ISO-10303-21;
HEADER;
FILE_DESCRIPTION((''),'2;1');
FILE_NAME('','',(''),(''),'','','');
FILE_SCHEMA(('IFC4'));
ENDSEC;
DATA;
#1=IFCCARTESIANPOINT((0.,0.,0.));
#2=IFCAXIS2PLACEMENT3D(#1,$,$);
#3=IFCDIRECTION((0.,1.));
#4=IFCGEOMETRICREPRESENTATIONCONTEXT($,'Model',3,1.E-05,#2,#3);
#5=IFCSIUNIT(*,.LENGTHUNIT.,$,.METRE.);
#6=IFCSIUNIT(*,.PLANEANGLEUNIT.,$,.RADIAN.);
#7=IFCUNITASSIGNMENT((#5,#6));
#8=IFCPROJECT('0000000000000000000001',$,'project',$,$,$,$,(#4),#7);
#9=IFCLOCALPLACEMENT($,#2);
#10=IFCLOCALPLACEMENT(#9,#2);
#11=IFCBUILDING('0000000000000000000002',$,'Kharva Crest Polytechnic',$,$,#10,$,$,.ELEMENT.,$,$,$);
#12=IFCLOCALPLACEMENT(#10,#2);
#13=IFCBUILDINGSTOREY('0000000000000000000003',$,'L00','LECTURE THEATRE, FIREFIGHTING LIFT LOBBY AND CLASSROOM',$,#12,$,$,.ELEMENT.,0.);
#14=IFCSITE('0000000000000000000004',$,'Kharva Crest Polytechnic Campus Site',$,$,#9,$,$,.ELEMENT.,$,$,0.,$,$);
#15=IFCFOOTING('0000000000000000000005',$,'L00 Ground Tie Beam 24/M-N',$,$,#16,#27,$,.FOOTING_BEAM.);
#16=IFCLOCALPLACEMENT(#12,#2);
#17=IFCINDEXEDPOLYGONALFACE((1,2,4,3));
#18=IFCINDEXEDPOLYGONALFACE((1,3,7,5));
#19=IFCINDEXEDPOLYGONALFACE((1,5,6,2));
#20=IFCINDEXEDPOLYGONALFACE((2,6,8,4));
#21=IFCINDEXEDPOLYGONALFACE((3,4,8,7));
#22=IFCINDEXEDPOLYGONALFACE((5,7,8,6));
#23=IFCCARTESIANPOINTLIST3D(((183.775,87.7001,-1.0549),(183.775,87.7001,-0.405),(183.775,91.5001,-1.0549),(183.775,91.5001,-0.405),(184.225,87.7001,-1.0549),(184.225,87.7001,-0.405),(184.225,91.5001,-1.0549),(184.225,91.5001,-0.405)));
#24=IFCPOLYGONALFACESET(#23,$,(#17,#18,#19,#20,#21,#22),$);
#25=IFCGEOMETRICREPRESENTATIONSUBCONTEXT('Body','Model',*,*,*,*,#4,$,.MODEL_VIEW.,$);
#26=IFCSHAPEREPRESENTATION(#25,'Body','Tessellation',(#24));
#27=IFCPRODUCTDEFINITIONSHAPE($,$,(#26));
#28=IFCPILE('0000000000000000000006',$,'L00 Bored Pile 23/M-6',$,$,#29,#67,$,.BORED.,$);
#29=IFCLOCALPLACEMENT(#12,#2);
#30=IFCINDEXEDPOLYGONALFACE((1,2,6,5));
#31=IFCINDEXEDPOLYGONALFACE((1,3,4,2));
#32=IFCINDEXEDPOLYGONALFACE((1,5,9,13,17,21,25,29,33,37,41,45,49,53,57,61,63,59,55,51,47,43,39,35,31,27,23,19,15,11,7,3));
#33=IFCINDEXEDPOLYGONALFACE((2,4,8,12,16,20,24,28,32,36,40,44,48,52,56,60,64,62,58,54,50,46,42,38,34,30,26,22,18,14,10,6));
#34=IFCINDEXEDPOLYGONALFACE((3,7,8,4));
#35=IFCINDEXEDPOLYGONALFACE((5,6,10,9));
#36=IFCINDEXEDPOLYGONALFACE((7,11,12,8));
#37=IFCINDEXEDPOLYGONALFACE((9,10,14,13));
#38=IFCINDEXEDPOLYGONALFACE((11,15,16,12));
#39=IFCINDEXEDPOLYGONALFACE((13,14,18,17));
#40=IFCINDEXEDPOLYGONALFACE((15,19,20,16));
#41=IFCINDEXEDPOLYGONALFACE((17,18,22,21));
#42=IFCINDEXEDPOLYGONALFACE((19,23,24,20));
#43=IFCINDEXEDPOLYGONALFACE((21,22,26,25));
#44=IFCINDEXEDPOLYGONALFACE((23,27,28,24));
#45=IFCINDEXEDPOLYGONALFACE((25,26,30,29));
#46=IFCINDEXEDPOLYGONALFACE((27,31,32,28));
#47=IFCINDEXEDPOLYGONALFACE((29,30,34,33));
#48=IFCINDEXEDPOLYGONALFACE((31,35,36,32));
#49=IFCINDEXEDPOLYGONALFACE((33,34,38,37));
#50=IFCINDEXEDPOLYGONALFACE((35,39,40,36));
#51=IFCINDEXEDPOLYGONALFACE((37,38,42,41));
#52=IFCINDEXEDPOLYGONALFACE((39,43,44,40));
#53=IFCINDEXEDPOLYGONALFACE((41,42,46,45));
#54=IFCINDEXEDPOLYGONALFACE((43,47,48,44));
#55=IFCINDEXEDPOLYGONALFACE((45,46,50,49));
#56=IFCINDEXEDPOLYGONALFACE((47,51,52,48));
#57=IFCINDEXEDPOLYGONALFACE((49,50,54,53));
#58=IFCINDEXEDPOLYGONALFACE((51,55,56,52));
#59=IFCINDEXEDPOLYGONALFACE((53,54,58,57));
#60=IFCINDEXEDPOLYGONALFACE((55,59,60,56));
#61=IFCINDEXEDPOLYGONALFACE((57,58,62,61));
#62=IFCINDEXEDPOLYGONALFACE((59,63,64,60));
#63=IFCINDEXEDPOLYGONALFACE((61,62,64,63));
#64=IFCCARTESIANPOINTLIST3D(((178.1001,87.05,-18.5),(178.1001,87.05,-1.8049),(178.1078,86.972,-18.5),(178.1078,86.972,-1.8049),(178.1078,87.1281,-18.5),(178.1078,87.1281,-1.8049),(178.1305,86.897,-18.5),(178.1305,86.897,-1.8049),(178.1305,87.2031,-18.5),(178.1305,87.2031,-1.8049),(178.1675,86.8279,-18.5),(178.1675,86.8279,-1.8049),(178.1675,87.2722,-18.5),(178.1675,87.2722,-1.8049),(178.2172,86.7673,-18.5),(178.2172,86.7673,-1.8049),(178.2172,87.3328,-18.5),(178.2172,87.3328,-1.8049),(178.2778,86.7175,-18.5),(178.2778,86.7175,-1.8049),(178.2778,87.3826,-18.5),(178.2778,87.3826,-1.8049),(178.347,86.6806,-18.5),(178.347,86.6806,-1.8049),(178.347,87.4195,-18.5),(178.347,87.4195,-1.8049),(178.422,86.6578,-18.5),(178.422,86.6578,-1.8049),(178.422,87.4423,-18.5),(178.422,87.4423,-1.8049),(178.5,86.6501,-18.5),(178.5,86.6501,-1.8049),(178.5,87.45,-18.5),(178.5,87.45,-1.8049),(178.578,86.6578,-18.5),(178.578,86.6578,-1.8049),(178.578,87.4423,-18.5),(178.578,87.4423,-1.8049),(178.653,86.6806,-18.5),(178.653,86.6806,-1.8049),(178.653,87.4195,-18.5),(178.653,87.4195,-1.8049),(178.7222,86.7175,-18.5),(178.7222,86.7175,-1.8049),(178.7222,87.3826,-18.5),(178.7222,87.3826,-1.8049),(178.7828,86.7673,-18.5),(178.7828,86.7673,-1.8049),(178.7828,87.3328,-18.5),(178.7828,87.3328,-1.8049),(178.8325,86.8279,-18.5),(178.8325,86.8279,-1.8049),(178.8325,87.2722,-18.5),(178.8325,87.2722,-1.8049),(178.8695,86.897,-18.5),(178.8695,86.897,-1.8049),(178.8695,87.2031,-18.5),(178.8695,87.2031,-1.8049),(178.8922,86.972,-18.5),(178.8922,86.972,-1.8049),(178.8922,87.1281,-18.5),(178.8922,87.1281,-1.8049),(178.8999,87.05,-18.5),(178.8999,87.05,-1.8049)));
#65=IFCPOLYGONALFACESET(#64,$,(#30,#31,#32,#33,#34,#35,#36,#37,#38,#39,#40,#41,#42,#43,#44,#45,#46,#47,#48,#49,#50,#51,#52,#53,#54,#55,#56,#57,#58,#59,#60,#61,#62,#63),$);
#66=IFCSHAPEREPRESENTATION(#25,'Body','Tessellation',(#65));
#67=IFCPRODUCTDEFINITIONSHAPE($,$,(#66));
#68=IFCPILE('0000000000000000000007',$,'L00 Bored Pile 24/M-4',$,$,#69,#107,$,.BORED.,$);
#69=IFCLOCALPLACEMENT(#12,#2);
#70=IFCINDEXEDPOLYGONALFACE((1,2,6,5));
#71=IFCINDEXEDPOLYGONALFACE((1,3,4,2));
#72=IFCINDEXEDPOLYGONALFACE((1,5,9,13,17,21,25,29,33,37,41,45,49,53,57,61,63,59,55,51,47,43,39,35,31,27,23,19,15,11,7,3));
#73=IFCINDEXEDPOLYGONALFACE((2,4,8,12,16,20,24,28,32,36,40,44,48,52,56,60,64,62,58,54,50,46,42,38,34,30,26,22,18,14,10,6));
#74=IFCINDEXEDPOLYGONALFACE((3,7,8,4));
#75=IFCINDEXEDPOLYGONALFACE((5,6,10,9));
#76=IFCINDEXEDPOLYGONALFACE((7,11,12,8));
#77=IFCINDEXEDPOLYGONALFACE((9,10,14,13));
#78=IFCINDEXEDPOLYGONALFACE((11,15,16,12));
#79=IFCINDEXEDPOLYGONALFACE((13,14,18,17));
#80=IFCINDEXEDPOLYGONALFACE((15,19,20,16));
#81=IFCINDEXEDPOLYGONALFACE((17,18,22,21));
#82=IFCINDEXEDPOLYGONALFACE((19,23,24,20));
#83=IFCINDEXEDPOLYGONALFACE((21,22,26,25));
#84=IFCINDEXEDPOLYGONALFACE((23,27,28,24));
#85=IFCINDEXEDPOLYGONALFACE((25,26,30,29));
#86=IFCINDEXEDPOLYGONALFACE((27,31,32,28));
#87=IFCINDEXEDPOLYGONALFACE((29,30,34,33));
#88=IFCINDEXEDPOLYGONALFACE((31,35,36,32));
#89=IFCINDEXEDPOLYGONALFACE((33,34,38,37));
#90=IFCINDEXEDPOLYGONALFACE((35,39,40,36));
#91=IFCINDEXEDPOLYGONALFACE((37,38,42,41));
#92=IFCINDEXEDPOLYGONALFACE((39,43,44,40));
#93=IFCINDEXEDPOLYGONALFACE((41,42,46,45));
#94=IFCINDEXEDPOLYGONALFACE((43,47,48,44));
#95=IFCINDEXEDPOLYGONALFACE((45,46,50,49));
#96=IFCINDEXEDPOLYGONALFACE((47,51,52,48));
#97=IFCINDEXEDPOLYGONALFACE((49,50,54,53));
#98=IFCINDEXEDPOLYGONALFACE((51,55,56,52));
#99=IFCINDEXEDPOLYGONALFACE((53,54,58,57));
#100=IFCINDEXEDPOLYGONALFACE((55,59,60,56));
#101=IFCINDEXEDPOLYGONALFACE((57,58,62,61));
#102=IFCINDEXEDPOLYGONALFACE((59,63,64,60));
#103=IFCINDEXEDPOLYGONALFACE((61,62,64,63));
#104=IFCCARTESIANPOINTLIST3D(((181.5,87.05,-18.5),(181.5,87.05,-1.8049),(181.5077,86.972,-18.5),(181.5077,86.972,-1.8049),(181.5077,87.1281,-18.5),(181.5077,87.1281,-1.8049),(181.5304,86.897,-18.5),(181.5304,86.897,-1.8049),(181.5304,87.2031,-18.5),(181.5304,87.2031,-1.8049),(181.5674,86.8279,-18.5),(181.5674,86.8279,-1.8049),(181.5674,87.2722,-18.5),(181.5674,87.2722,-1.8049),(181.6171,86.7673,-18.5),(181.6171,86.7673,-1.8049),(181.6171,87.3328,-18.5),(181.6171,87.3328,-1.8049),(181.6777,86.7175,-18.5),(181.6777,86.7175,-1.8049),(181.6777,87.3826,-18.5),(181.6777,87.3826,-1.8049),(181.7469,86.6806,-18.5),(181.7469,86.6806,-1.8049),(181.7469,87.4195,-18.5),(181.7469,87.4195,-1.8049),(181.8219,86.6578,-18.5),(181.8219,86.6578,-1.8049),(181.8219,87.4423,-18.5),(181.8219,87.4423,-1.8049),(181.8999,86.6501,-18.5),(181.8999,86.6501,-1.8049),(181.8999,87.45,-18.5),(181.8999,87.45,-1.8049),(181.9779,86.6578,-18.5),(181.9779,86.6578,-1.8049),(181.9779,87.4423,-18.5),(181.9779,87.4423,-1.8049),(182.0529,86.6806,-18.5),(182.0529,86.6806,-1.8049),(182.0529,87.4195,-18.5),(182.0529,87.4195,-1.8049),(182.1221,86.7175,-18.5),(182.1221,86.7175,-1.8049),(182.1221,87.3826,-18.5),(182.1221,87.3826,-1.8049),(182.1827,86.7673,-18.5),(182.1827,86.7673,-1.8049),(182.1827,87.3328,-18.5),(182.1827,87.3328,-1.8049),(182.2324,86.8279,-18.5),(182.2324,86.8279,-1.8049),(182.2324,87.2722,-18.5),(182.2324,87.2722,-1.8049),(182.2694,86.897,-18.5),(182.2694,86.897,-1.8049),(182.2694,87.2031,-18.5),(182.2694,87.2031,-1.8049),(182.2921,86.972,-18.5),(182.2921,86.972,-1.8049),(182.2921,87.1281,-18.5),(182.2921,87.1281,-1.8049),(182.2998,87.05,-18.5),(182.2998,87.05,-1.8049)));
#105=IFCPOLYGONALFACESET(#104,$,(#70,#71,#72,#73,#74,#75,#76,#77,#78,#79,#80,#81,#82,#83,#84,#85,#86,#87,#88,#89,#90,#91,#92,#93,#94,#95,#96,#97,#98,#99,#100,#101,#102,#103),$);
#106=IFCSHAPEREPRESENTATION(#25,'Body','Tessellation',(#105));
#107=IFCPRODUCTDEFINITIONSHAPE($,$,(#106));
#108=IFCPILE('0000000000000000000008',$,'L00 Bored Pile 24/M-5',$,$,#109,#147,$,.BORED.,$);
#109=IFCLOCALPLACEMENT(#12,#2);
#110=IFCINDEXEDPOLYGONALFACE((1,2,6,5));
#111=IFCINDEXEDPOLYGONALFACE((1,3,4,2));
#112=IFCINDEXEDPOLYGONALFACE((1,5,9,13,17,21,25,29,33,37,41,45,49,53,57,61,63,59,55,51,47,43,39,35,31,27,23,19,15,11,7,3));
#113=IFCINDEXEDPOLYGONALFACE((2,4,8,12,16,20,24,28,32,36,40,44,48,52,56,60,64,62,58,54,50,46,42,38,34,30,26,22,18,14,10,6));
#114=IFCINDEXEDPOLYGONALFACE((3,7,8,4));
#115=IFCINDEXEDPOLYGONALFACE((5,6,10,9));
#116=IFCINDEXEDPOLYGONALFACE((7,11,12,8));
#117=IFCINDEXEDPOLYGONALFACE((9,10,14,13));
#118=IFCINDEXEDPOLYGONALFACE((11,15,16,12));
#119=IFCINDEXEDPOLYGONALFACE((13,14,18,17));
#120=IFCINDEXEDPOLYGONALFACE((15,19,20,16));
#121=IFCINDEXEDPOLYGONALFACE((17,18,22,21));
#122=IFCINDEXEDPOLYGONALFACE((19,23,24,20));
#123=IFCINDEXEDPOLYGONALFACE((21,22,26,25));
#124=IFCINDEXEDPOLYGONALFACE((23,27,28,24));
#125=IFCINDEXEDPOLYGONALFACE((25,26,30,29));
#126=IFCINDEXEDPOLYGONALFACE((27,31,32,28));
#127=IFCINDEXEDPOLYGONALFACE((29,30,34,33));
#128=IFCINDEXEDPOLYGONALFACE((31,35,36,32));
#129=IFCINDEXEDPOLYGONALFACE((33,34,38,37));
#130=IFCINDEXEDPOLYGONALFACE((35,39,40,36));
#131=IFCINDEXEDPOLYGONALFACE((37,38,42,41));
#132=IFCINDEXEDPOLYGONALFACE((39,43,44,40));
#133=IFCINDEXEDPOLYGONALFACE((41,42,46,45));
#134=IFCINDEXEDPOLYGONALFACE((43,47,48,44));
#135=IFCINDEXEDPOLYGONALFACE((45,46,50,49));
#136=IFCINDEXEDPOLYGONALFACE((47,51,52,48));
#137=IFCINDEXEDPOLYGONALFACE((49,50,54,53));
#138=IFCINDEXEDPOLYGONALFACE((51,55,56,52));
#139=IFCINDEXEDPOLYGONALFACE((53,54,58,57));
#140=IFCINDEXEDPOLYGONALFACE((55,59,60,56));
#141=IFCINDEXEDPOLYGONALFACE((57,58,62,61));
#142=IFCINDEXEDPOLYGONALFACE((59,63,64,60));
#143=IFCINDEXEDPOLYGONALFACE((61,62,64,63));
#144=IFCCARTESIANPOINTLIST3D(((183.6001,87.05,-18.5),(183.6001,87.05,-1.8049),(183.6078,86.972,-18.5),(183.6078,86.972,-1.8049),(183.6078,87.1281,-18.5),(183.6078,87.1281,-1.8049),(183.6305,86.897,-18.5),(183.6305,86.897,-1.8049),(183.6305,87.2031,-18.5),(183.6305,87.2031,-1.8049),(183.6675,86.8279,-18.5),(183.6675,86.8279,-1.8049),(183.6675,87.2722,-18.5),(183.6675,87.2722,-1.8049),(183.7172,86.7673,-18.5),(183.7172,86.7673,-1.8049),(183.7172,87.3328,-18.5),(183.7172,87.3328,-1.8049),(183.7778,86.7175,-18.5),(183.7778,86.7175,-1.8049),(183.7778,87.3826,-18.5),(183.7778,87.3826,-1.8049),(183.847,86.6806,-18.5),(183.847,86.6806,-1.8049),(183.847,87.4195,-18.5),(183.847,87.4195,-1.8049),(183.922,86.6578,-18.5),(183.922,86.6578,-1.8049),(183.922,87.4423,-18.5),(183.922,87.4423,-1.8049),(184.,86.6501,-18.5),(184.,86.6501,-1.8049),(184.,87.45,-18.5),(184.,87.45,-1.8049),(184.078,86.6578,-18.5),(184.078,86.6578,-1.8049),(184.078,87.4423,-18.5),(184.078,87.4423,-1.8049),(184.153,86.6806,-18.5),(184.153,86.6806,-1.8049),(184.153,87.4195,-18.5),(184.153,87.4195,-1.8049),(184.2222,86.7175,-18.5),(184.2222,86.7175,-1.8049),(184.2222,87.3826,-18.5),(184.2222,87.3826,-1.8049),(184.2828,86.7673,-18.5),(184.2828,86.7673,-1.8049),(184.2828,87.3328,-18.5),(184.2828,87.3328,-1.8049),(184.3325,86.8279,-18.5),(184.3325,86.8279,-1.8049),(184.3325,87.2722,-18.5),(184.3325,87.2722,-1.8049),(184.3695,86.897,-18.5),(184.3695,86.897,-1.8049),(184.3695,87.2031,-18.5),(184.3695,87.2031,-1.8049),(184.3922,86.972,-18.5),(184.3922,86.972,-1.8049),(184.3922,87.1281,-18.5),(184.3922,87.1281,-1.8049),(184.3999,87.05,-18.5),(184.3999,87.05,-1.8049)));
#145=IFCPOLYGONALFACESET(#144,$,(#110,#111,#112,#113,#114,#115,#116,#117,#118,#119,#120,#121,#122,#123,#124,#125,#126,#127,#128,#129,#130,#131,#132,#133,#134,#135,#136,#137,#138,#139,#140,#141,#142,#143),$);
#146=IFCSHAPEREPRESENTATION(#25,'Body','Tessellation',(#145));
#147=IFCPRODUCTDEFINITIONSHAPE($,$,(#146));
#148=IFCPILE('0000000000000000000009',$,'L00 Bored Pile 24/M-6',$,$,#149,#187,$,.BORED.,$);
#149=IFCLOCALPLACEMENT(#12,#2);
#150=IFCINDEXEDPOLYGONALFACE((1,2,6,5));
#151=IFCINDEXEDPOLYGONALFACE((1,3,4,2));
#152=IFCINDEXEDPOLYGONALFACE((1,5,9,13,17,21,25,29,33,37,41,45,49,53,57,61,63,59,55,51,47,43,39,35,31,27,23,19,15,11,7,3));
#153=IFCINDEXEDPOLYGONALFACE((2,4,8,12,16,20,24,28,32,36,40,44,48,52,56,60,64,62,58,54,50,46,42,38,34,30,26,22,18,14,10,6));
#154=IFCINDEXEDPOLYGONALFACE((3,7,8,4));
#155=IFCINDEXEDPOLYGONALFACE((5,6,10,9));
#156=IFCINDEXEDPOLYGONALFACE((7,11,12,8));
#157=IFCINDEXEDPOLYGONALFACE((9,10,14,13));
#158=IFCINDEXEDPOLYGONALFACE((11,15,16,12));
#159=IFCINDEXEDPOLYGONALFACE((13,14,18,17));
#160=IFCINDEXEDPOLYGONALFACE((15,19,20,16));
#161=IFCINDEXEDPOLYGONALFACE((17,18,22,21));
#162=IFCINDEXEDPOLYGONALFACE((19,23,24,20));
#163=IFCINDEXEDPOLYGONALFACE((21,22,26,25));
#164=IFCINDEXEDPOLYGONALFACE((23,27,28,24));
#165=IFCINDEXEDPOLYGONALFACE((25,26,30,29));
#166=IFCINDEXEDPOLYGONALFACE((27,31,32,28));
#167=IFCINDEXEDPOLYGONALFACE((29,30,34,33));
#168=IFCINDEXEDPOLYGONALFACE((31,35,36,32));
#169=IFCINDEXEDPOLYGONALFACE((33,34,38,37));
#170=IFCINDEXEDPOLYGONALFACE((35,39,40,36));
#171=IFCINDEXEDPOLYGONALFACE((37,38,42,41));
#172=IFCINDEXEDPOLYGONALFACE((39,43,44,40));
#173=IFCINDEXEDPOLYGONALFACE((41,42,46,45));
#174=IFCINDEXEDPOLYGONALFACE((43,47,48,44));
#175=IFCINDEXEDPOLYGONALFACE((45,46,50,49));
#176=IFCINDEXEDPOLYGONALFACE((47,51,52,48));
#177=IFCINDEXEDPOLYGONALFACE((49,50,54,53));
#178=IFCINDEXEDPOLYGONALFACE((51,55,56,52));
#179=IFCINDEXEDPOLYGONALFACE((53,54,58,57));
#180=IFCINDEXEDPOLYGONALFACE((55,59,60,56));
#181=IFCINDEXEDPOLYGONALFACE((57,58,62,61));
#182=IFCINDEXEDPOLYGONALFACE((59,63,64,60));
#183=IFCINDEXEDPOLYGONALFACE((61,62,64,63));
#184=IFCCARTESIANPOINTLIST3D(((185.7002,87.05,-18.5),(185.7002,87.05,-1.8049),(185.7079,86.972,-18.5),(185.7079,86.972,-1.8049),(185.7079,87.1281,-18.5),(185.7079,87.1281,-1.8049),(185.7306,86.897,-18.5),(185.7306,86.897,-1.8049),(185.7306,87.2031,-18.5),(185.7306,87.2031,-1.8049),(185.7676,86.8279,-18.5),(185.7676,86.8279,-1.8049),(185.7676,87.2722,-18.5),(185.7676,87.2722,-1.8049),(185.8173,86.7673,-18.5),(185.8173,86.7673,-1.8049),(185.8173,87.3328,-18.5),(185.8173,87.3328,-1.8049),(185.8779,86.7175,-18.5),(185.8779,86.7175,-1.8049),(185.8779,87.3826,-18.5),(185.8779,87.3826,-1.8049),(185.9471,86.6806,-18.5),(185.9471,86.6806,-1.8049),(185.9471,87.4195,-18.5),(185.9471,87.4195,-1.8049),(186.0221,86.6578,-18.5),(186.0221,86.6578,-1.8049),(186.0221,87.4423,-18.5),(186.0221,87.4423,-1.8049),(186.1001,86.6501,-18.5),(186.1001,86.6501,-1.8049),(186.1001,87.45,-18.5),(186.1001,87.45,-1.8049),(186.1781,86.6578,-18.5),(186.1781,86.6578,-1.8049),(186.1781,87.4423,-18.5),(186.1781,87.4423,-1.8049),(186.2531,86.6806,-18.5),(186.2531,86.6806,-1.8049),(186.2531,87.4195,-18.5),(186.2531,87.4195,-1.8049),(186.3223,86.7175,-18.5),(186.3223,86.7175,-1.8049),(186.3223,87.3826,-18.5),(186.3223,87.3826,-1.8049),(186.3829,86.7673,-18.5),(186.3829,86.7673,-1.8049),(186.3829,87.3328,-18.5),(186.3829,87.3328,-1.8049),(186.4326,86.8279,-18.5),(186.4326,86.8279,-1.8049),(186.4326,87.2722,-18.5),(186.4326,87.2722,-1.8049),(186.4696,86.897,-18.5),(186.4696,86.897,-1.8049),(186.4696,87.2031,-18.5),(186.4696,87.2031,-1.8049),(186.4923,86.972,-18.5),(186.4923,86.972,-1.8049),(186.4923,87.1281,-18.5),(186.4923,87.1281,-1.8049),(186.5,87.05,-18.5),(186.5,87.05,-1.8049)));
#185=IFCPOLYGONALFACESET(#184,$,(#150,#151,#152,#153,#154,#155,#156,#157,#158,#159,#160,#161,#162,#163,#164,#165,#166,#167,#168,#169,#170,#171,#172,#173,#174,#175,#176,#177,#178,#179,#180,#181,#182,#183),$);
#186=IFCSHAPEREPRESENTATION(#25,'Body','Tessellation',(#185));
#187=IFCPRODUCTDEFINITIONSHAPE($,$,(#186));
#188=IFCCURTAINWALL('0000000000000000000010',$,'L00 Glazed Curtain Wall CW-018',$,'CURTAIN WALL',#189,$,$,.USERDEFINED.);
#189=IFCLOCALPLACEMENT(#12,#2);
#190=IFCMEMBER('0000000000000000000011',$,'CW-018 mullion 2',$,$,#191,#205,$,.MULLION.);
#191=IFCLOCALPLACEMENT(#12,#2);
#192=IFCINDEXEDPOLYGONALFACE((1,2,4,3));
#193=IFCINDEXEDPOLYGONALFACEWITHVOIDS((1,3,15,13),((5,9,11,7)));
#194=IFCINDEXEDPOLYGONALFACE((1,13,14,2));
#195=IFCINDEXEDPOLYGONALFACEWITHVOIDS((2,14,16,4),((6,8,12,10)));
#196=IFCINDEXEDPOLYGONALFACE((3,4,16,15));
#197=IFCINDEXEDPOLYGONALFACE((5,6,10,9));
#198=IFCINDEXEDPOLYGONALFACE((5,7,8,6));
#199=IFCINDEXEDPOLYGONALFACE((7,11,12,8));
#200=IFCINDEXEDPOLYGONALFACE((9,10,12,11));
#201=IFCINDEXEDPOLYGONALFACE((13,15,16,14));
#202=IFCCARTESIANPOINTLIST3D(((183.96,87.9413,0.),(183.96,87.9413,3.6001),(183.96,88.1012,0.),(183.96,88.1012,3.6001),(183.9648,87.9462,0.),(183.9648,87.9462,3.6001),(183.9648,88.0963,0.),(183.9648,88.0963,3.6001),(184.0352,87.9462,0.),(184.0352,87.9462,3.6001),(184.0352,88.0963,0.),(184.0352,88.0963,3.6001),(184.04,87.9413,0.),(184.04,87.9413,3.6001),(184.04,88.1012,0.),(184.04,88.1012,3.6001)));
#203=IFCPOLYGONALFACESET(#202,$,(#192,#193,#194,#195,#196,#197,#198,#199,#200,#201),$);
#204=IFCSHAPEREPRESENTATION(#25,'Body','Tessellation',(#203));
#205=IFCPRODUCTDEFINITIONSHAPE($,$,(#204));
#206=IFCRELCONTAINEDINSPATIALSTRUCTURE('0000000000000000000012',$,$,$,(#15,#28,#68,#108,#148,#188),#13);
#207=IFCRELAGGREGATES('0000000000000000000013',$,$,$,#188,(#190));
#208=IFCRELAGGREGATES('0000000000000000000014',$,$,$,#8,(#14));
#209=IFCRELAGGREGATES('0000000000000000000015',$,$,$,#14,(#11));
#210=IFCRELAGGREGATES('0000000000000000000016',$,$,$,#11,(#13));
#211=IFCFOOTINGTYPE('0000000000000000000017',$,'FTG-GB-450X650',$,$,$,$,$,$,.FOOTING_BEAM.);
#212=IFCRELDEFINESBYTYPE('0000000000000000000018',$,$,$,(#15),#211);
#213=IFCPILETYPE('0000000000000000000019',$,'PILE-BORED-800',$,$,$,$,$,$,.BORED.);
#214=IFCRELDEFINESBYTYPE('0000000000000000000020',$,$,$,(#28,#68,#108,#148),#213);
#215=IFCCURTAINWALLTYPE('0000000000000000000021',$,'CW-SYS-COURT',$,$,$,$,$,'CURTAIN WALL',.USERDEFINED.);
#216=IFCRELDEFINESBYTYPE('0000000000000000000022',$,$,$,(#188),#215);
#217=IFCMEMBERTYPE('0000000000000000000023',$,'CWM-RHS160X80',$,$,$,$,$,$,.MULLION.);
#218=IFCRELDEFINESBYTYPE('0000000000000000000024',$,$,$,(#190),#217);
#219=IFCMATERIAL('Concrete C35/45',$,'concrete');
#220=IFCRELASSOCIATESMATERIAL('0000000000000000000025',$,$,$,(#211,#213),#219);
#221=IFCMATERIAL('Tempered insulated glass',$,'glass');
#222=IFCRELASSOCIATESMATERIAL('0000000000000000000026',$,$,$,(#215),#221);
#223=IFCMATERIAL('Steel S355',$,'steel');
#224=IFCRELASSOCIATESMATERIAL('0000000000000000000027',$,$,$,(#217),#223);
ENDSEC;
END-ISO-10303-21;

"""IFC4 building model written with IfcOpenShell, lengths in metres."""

from ifc_helpers import new_model, si_unit, direction, frame, origin, origin_2d, place, context, subcontext, project, spatial, rectangle, hollow_rectangle, circle, extrude, material, material_profile, profile_set, type_object, element, aggregate, save


model = new_model("IFC4")

# Units and contexts
model_context = context("Model", 3, precision=1e-05, world=origin(), true_north=direction((0.0, 1.0)))
body_context = subcontext(model_context, "Body", "Model", "MODEL_VIEW")
ifc_project = project(units=[si_unit("LENGTHUNIT", "METRE"), si_unit("PLANEANGLEUNIT", "RADIAN")], contexts=[model_context])

# Site, building, storey
site_placement = place(None, origin())
site = spatial("IfcSite", under=ifc_project, at=site_placement, Name="Kharva Crest Polytechnic Campus Site", CompositionType="ELEMENT", RefElevation=0.0)
building_placement = place(site_placement, origin())
building = spatial("IfcBuilding", under=site, at=building_placement, Name="Kharva Crest Polytechnic", CompositionType="ELEMENT")
storey_placement = place(building_placement, origin())
storey = spatial("IfcBuildingStorey", under=building, at=storey_placement, Name="L00", Description="LECTURE THEATRE, FIREFIGHTING LIFT LOBBY AND CLASSROOM", CompositionType="ELEMENT", Elevation=0.0)

# Footing
ifc_material_1 = material(Name="Concrete C35/45", Category="concrete")
footing_type = type_object("IfcFootingType", Name="FTG-GB-450X650", PredefinedType="FOOTING_BEAM", material=ifc_material_1)
footing_placement = place(storey_placement, frame((184.0, 89.6001, -1.0549), z_axis=(0.0, 0.0, 1.0), x_axis=(0.0, 1.0, 0.0)))
element("IfcFooting", 1, at=footing_placement, inside=storey, type_object=footing_type, Name="L00 Ground Tie Beam 24/M-N", PredefinedType="FOOTING_BEAM", context=body_context, shape_type="SweptSolid", body=[
    extrude(rectangle(XDim=3.8, YDim=0.45, at=origin_2d()), origin(), (0.0, 0.0, 1.0), 0.6499),
])

# Piles
ifc_material_profile_1 = material_profile(ifc_material_1, circle(Radius=0.3999, at=origin_2d()), Name="DIA 800")
ifc_profile_set_1 = profile_set([ifc_material_profile_1], Name="Concrete C35/45")
pile_type = type_object("IfcPileType", Name="PILE-BORED-800", PredefinedType="BORED", material=ifc_profile_set_1)
for number, where, z_axis, x_axis, name in (
    (2, (178.5, 87.05, -1.8049), (0.0, 0.0, -1.0), (1.0, 0.0, 0.0), "L00 Bored Pile 23/M-6"),
    (3, (181.8999, 87.05, -1.8049), (0.0, 0.0, -1.0), (1.0, 0.0, 0.0), "L00 Bored Pile 24/M-4"),
    (4, (184.0, 87.05, -1.8049), (0.0, 0.0, -1.0), (1.0, 0.0, 0.0), "L00 Bored Pile 24/M-5"),
    (5, (186.1001, 87.05, -1.8049), (0.0, 0.0, -1.0), (1.0, 0.0, 0.0), "L00 Bored Pile 24/M-6"),
):
    element("IfcPile", number, at=place(storey_placement, frame(where, z_axis=z_axis, x_axis=x_axis)), inside=storey, type_object=pile_type, Name=name, PredefinedType="BORED", context=body_context, shape_type="SweptSolid", body=[
        extrude(circle(Radius=0.3999, at=origin_2d()), origin(), (0.0, 0.0, 1.0), 16.6951),
    ])

# Curtain wall, member
ifc_material_2 = material(Name="Tempered insulated glass", Category="glass")
curtain_wall_type = type_object("IfcCurtainWallType", Name="CW-SYS-COURT", ElementType="CURTAIN WALL", PredefinedType="USERDEFINED", material=ifc_material_2)
curtain_wall_placement = place(storey_placement, origin())
curtain_wall = element("IfcCurtainWall", 6, at=curtain_wall_placement, inside=storey, type_object=curtain_wall_type, Name="L00 Glazed Curtain Wall CW-018", ObjectType="CURTAIN WALL", PredefinedType="USERDEFINED")
ifc_material_3 = material(Name="Steel S355", Category="steel")
ifc_material_profile_2 = material_profile(ifc_material_3, hollow_rectangle(XDim=0.0801, YDim=0.1599, WallThickness=0.0049, at=origin_2d()), Name="RHS 160X80X5.0")
ifc_profile_set_2 = profile_set([ifc_material_profile_2], Name="Steel S355")
member_type_1 = type_object("IfcMemberType", Name="CWM-RHS160X80", PredefinedType="MULLION", material=ifc_profile_set_2)
member_1_placement = place(storey_placement, frame((184.0, 88.0212, 0.0), z_axis=(0.0, 0.0, 1.0), x_axis=(-1.0, 0.0, 0.0)))
member_1 = element("IfcMember", 7, at=member_1_placement, type_object=member_type_1, Name="CW-018 mullion 2", PredefinedType="MULLION", context=body_context, shape_type="SweptSolid", body=[
    extrude(hollow_rectangle(XDim=0.0801, YDim=0.1599, WallThickness=0.0049, at=origin_2d()), origin(), (0.0, 0.0, 1.0), 3.6001),
])
aggregate(curtain_wall, [member_1])

save(model, "model.ifc")
